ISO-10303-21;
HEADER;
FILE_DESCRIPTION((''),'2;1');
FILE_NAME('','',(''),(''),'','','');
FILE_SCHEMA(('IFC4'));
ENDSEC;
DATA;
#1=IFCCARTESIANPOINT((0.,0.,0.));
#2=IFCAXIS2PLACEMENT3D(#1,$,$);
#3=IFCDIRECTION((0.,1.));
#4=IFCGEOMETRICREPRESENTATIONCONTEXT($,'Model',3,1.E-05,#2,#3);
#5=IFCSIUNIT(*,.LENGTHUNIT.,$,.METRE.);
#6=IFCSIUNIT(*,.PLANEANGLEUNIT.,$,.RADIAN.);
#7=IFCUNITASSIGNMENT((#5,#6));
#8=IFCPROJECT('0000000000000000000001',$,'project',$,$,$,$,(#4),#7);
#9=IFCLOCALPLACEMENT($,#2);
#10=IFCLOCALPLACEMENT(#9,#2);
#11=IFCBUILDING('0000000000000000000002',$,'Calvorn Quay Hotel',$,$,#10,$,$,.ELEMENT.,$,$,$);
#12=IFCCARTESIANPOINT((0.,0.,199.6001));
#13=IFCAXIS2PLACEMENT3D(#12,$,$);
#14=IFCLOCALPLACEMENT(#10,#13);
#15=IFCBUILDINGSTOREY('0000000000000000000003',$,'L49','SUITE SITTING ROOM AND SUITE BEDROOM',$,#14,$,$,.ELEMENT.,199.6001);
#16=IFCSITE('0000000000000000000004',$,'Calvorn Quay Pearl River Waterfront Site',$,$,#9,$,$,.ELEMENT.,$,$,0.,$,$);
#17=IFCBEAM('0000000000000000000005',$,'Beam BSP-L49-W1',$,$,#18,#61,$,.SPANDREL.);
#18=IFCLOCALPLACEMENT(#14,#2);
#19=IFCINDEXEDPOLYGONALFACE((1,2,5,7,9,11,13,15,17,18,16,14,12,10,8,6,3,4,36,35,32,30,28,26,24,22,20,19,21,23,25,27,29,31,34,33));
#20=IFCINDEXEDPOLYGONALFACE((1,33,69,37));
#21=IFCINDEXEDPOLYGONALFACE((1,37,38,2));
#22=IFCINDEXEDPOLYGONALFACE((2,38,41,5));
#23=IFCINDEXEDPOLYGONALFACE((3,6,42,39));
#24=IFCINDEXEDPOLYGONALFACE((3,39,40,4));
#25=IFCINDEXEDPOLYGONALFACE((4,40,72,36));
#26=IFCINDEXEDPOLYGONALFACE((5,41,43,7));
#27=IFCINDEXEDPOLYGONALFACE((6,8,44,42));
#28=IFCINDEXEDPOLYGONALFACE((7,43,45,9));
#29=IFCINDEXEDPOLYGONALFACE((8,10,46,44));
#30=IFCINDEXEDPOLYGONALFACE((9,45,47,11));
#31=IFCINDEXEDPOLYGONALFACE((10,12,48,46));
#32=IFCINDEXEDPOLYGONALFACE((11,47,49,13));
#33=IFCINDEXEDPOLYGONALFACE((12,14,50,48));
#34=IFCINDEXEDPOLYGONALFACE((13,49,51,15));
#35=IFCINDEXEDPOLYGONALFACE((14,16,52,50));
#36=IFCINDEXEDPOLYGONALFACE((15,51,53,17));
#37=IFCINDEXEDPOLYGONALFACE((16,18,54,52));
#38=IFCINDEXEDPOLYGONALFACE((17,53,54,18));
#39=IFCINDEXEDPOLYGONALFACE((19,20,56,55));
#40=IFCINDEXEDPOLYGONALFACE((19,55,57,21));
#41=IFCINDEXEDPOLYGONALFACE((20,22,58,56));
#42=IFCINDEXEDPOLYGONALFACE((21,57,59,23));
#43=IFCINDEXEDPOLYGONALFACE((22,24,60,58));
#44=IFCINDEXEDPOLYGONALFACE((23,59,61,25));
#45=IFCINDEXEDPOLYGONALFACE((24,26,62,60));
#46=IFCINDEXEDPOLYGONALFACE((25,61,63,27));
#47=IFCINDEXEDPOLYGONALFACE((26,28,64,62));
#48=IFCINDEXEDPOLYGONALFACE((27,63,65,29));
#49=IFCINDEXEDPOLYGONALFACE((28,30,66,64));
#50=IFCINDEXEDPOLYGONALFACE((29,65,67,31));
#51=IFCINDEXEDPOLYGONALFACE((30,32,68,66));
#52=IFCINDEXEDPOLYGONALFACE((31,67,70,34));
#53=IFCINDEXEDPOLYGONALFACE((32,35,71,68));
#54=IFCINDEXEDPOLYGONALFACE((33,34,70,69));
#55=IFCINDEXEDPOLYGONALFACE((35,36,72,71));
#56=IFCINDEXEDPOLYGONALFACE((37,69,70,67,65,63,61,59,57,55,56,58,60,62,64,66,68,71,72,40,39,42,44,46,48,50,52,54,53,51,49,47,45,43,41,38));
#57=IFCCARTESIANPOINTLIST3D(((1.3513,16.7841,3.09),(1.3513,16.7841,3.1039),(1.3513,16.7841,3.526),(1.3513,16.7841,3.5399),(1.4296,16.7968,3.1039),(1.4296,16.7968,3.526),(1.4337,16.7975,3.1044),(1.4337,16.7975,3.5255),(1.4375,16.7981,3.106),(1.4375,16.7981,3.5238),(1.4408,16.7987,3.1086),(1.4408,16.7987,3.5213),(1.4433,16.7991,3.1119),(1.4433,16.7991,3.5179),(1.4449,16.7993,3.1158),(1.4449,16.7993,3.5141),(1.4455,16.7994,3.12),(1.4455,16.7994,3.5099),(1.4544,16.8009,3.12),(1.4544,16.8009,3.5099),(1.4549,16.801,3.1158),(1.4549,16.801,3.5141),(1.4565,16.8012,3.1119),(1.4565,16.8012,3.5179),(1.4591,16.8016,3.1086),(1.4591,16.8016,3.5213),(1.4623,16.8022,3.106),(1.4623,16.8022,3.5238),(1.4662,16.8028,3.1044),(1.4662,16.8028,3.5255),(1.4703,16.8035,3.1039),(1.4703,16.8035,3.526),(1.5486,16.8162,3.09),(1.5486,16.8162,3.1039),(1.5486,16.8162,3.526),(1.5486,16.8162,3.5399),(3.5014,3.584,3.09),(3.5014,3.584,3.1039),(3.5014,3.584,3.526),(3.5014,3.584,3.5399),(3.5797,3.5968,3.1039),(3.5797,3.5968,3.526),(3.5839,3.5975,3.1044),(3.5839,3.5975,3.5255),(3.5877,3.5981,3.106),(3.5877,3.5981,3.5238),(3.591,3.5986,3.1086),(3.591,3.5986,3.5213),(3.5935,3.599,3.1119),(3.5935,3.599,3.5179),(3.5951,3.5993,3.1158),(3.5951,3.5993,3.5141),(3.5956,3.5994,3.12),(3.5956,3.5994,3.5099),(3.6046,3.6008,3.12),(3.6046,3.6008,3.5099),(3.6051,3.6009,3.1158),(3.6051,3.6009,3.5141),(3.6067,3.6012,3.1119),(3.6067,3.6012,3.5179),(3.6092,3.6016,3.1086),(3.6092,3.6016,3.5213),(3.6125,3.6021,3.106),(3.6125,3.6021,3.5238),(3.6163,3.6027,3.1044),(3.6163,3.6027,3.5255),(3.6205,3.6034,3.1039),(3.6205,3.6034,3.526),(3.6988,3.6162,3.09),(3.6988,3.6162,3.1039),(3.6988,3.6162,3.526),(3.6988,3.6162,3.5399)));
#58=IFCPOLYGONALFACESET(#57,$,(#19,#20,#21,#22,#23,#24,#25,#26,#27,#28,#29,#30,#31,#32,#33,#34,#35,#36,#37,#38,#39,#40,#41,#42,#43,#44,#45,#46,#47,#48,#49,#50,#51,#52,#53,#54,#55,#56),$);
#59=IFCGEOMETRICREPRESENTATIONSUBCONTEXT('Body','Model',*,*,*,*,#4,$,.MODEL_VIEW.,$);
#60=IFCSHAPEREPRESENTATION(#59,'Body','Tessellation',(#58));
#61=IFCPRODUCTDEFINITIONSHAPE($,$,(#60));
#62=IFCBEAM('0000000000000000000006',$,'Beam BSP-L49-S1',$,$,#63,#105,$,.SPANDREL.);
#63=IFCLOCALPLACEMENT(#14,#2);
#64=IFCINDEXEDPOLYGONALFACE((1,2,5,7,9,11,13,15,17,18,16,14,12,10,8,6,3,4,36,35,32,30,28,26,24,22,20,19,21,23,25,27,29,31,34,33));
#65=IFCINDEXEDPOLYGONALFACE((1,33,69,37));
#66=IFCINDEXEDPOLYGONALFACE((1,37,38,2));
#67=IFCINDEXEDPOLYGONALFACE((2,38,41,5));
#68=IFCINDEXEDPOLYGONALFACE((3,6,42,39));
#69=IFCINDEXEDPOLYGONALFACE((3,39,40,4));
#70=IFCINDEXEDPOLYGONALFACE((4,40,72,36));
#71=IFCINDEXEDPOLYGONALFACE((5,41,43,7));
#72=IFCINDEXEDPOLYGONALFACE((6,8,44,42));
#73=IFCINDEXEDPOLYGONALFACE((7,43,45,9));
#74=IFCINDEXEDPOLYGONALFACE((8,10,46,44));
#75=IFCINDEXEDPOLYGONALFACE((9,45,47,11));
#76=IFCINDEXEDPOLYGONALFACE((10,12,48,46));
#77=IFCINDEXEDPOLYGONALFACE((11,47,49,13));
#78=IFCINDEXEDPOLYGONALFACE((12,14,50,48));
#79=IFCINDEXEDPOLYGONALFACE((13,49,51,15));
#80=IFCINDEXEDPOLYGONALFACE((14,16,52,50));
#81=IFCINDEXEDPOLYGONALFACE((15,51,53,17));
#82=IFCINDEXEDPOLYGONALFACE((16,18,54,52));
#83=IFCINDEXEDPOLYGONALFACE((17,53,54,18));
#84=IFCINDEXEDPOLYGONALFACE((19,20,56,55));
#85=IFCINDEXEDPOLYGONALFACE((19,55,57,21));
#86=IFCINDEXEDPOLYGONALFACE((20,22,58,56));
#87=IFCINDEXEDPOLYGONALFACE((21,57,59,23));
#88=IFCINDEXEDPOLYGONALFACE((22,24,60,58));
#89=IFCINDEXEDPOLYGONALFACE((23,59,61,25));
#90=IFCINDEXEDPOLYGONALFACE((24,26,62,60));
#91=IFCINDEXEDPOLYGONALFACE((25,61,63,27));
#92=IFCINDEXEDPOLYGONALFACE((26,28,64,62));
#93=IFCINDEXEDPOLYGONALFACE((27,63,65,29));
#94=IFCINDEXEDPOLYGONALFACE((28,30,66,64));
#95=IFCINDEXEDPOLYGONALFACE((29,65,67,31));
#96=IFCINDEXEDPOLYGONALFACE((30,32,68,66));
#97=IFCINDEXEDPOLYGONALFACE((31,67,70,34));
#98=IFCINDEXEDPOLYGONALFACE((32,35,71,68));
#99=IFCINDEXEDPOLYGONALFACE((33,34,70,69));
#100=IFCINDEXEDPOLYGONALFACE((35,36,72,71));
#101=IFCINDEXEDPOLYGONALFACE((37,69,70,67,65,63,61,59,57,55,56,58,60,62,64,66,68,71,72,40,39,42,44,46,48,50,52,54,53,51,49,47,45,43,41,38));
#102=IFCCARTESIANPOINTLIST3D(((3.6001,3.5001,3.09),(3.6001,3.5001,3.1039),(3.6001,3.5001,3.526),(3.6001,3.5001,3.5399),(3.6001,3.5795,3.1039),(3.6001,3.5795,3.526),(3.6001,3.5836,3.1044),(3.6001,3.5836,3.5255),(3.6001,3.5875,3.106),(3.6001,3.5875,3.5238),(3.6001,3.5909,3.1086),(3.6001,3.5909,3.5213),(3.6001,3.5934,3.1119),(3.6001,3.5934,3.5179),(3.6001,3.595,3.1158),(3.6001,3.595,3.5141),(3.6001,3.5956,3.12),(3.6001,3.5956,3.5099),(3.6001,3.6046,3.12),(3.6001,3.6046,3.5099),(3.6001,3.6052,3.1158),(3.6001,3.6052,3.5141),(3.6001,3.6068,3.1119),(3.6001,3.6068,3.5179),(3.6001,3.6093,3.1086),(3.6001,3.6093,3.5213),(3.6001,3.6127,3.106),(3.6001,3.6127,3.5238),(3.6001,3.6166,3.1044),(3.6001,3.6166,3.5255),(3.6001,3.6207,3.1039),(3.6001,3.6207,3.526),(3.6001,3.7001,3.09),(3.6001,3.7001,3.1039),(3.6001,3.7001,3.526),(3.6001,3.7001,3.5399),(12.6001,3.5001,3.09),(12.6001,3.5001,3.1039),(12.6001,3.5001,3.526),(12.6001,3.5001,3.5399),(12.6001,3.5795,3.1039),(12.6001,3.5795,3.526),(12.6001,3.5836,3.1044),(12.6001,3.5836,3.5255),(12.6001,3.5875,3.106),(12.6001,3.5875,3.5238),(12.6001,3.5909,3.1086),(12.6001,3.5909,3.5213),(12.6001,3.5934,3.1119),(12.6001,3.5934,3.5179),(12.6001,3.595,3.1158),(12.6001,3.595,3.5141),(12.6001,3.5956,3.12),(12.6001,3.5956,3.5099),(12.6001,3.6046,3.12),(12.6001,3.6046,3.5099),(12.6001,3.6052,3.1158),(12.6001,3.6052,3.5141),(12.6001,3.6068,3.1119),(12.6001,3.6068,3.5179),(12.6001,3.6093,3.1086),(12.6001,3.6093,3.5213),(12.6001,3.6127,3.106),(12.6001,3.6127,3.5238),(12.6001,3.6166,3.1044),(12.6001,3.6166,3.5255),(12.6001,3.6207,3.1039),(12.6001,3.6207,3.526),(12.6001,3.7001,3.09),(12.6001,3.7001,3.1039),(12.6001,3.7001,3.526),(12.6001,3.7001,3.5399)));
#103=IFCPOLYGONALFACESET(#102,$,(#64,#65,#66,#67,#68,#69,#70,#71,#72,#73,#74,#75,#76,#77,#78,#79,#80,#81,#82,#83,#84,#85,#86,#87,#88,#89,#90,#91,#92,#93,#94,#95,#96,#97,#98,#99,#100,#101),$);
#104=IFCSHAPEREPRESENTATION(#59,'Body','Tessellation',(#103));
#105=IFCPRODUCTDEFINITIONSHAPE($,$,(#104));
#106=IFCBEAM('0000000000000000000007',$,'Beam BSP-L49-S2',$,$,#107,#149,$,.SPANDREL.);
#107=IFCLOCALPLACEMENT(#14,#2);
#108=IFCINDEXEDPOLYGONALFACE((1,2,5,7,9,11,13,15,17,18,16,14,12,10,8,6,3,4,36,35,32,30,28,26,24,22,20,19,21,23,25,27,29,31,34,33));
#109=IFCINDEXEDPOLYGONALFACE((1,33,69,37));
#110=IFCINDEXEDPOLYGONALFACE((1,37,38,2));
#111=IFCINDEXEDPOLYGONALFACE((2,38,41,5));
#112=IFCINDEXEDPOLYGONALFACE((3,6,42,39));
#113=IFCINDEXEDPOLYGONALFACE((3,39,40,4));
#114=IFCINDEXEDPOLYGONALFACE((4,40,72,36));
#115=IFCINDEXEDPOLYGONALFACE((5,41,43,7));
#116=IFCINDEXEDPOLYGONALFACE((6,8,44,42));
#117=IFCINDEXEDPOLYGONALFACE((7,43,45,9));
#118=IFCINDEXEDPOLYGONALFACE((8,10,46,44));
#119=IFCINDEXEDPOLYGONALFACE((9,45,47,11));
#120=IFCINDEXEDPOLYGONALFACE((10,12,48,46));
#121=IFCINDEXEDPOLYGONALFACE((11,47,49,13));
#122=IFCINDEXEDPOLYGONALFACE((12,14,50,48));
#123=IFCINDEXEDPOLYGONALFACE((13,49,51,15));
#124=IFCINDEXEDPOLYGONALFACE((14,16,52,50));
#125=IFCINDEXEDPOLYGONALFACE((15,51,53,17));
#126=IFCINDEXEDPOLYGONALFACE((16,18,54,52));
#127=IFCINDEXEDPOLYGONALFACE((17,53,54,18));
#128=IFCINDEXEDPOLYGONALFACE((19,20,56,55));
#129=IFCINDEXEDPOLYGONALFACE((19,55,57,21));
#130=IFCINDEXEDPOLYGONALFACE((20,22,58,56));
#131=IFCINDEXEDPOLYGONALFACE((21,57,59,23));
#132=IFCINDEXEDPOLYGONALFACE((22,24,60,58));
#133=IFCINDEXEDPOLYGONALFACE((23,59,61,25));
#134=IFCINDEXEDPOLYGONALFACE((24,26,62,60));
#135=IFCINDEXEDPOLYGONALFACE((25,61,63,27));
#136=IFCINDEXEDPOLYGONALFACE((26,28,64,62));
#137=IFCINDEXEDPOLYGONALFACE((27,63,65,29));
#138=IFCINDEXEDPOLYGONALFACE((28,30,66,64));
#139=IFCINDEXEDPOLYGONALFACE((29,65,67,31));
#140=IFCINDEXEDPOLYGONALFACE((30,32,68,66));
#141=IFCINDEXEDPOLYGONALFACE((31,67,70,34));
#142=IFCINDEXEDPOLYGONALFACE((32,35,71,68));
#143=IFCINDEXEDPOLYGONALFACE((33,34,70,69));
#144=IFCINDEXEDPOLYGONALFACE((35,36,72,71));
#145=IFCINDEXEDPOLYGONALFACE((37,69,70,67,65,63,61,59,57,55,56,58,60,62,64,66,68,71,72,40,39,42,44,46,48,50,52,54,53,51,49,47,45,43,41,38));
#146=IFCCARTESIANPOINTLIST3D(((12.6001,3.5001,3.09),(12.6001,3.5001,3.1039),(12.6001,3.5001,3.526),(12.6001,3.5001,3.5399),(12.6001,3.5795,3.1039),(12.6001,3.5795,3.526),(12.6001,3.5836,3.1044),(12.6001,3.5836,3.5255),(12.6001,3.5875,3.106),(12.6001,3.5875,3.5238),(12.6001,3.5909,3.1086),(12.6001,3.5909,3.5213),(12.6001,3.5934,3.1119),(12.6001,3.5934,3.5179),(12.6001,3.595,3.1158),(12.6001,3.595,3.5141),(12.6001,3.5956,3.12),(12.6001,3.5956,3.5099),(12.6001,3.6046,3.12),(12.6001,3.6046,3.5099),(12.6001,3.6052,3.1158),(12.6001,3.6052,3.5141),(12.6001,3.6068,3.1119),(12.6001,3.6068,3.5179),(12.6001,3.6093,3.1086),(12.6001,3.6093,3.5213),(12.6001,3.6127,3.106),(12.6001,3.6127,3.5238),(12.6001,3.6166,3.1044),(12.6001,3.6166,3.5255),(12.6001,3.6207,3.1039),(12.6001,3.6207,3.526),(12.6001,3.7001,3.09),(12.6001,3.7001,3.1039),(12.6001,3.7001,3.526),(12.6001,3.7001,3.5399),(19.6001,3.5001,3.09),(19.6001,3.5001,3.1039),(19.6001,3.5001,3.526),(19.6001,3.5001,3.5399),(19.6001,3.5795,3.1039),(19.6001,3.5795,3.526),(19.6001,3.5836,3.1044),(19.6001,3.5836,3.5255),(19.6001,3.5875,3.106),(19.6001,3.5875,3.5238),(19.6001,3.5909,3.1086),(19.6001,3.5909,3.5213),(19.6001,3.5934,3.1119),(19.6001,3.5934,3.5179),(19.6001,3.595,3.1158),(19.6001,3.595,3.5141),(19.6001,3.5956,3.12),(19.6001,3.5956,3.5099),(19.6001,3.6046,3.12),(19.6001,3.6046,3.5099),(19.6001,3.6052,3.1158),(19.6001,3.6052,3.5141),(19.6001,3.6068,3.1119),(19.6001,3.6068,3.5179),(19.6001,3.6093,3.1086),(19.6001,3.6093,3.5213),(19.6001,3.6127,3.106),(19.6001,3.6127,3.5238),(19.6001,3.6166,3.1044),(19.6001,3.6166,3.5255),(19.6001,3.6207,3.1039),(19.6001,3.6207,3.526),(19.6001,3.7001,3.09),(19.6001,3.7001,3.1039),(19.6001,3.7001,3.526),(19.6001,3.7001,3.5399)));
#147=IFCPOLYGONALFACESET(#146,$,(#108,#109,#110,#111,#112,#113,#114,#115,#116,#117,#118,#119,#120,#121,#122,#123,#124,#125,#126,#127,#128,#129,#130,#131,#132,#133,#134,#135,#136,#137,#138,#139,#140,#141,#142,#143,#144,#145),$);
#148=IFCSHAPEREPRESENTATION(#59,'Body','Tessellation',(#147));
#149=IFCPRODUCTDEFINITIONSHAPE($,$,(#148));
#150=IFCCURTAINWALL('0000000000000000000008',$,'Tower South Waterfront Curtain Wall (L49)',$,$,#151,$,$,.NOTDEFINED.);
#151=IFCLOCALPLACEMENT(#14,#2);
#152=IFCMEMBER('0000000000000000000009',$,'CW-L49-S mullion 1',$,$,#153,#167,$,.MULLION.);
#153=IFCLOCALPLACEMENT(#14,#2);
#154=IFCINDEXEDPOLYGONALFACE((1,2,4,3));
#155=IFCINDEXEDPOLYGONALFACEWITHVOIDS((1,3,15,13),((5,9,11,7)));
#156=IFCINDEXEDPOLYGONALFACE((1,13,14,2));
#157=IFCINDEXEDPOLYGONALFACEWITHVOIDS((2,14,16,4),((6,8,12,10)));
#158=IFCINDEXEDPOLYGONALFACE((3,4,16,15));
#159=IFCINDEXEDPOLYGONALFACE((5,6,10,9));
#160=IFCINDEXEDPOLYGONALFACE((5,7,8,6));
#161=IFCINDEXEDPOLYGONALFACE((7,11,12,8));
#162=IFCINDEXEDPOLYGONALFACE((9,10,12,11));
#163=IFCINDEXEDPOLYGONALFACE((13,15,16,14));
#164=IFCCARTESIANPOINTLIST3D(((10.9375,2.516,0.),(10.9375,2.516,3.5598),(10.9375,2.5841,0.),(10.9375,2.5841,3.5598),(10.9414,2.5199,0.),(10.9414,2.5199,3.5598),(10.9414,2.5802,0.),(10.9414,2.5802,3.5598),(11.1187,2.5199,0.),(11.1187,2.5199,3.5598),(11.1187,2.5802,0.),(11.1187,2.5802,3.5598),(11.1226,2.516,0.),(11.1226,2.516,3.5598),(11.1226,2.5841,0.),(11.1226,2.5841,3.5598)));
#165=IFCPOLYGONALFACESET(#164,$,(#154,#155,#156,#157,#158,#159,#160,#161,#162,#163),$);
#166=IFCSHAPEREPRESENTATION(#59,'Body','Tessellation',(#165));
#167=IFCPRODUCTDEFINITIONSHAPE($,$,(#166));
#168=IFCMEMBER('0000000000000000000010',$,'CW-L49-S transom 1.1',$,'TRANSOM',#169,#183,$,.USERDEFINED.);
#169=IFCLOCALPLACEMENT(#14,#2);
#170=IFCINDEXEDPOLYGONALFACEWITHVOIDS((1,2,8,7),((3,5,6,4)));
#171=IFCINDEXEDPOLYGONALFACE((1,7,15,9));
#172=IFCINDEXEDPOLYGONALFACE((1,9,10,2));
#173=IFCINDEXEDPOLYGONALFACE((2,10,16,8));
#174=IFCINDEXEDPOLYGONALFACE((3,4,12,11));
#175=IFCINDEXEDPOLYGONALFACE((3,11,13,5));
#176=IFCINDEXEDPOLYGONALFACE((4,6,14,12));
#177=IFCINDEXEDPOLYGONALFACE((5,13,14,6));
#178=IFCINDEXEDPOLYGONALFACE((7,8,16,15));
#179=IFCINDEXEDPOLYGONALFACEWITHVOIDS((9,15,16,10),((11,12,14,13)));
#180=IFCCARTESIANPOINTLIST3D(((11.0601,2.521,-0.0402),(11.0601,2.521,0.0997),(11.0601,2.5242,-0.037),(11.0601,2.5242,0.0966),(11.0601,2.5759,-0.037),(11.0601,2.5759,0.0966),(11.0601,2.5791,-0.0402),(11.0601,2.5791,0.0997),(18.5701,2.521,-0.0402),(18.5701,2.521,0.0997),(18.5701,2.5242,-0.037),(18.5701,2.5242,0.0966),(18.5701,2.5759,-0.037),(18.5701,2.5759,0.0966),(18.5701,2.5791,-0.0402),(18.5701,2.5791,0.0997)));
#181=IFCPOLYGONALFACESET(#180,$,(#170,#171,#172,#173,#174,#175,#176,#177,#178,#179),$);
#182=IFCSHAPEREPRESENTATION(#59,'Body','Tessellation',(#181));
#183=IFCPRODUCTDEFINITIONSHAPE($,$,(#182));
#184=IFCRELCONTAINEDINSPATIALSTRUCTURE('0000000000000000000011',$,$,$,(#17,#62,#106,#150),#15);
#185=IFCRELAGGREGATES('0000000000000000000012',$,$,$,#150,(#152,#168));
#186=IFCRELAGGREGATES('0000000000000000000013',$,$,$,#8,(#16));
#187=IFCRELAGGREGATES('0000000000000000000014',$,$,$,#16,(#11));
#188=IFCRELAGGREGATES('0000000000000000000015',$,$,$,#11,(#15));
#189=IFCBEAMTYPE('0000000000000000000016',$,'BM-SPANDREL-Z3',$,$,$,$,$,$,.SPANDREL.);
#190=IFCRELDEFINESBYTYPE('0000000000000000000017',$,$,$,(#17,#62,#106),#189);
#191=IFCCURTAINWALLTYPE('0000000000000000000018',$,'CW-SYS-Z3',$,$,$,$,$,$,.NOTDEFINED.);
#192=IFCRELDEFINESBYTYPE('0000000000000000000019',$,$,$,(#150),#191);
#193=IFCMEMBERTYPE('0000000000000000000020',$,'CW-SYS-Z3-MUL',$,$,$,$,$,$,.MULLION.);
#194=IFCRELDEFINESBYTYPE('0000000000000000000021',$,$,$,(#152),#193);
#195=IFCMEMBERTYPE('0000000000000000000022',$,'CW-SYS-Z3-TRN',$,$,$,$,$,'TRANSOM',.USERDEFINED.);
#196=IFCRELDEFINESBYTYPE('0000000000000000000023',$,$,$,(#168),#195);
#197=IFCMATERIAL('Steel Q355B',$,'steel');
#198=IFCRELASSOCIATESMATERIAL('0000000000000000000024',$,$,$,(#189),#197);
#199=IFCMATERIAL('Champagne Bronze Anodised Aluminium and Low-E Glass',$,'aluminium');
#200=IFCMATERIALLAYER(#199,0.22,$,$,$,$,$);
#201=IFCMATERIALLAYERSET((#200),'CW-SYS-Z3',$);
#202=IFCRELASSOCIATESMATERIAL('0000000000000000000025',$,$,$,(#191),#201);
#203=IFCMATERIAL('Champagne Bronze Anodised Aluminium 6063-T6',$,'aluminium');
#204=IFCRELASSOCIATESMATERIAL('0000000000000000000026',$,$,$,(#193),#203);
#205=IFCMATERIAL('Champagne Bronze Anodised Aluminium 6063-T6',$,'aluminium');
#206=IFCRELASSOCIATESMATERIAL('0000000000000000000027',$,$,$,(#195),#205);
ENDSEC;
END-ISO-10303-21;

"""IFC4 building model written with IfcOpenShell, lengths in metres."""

from ifc_helpers import new_model, si_unit, direction, frame, origin, origin_2d, place, context, subcontext, project, spatial, hollow_rectangle, i_section, extrude, material, layer, layer_set, material_profile, profile_set, type_object, element, aggregate, save


model = new_model("IFC4")

# Units and contexts
model_context = context("Model", 3, precision=1e-05, world=origin(), true_north=direction((0.0, 1.0)))
body_context = subcontext(model_context, "Body", "Model", "MODEL_VIEW")
ifc_project = project(units=[si_unit("LENGTHUNIT", "METRE"), si_unit("PLANEANGLEUNIT", "RADIAN")], contexts=[model_context])

# Site, building, storey
site_placement = place(None, origin())
site = spatial("IfcSite", under=ifc_project, at=site_placement, Name="Calvorn Quay Pearl River Waterfront Site", CompositionType="ELEMENT", RefElevation=0.0)
building_placement = place(site_placement, origin())
building = spatial("IfcBuilding", under=site, at=building_placement, Name="Calvorn Quay Hotel", CompositionType="ELEMENT")
storey_placement = place(building_placement, frame((0.0, 0.0, 199.6001)))
storey = spatial("IfcBuildingStorey", under=building, at=storey_placement, Name="L49", Description="SUITE SITTING ROOM AND SUITE BEDROOM", CompositionType="ELEMENT", Elevation=199.6001)

# Beams
ifc_material_1 = material(Name="Steel Q355B", Category="steel")
ifc_material_profile_1 = material_profile(ifc_material_1, i_section(OverallWidth=0.2, OverallDepth=0.45, WebThickness=0.009, FlangeThickness=0.0139, FilletRadius=0.0161, at=origin_2d()), Name="HN450x200x9x14")
ifc_profile_set_1 = profile_set([ifc_material_profile_1], Name="Steel Q355B")
beam_type_1 = type_object("IfcBeamType", Name="BM-SPANDREL-Z3", PredefinedType="SPANDREL", material=ifc_profile_set_1)
beam_1_placement = place(storey_placement, frame((3.6001, 3.6001, 3.3149), z_axis=(-0.160772, 0.986992, 0.0), x_axis=(-0.986992, -0.160772, 0.0)))
element("IfcBeam", 1, at=beam_1_placement, inside=storey, type_object=beam_type_1, Name="Beam BSP-L49-W1", PredefinedType="SPANDREL", context=body_context, shape_type="SweptSolid", body=[
    extrude(i_section(OverallWidth=0.2, OverallDepth=0.45, WebThickness=0.009, FlangeThickness=0.0139, FilletRadius=0.0161, at=origin_2d()), origin(), (0.0, 0.0, 1.0), 13.374),
])
beam_2_placement = place(storey_placement, frame((3.6001, 3.6001, 3.3149), z_axis=(1.0, 0.0, 0.0), x_axis=(0.0, 1.0, 0.0)))
element("IfcBeam", 2, at=beam_2_placement, inside=storey, type_object=beam_type_1, Name="Beam BSP-L49-S1", PredefinedType="SPANDREL", context=body_context, shape_type="SweptSolid", body=[
    extrude(i_section(OverallWidth=0.2, OverallDepth=0.45, WebThickness=0.009, FlangeThickness=0.0139, FilletRadius=0.0161, at=origin_2d()), origin(), (0.0, 0.0, 1.0), 9.0),
])
beam_3_placement = place(storey_placement, frame((12.6001, 3.6001, 3.3149), z_axis=(1.0, 0.0, 0.0), x_axis=(0.0, 1.0, 0.0)))
element("IfcBeam", 3, at=beam_3_placement, inside=storey, type_object=beam_type_1, Name="Beam BSP-L49-S2", PredefinedType="SPANDREL", context=body_context, shape_type="SweptSolid", body=[
    extrude(i_section(OverallWidth=0.2, OverallDepth=0.45, WebThickness=0.009, FlangeThickness=0.0139, FilletRadius=0.0161, at=origin_2d()), origin(), (0.0, 0.0, 1.0), 7.0),
])

# Curtain wall, members
ifc_material_2 = material(Name="Champagne Bronze Anodised Aluminium and Low-E Glass", Category="aluminium")
ifc_layer_1 = layer(ifc_material_2, 0.22)
ifc_layer_set_1 = layer_set([ifc_layer_1], Name="CW-SYS-Z3")
curtain_wall_type = type_object("IfcCurtainWallType", Name="CW-SYS-Z3", PredefinedType="NOTDEFINED", material=ifc_layer_set_1)
curtain_wall_placement = place(storey_placement, origin())
curtain_wall = element("IfcCurtainWall", 4, at=curtain_wall_placement, inside=storey, type_object=curtain_wall_type, Name="Tower South Waterfront Curtain Wall (L49)", PredefinedType="NOTDEFINED")
ifc_material_3 = material(Name="Champagne Bronze Anodised Aluminium 6063-T6", Category="aluminium")
ifc_material_profile_2 = material_profile(ifc_material_3, hollow_rectangle(XDim=0.0681, YDim=0.1851, WallThickness=0.0039, at=origin_2d()), Name="ALU-M185x68x4")
ifc_profile_set_2 = profile_set([ifc_material_profile_2], Name="Champagne Bronze Anodised Aluminium 6063-T6")
member_type_1 = type_object("IfcMemberType", Name="CW-SYS-Z3-MUL", PredefinedType="MULLION", material=ifc_profile_set_2)
member_1_placement = place(storey_placement, frame((11.03, 2.55, 0.0), z_axis=(0.0, 0.0, 1.0), x_axis=(0.0, 1.0, 0.0)))
member_1 = element("IfcMember", 5, at=member_1_placement, type_object=member_type_1, Name="CW-L49-S mullion 1", PredefinedType="MULLION", context=body_context, shape_type="SweptSolid", body=[
    extrude(hollow_rectangle(XDim=0.0681, YDim=0.1851, WallThickness=0.0039, at=origin_2d()), origin(), (0.0, 0.0, 1.0), 3.5598),
])
ifc_material_4 = material(Name="Champagne Bronze Anodised Aluminium 6063-T6", Category="aluminium")
ifc_material_profile_3 = material_profile(ifc_material_4, hollow_rectangle(XDim=0.0581, YDim=0.1399, WallThickness=0.0032, at=origin_2d()), Name="ALU-T140x58x3.2")
ifc_profile_set_3 = profile_set([ifc_material_profile_3], Name="Champagne Bronze Anodised Aluminium 6063-T6")
member_type_2 = type_object("IfcMemberType", Name="CW-SYS-Z3-TRN", ElementType="TRANSOM", PredefinedType="USERDEFINED", material=ifc_profile_set_3)
member_2_placement = place(storey_placement, frame((11.0601, 2.55, 0.0298), z_axis=(1.0, 0.0, 0.0), x_axis=(0.0, 1.0, 0.0)))
member_2 = element("IfcMember", 6, at=member_2_placement, type_object=member_type_2, Name="CW-L49-S transom 1.1", ObjectType="TRANSOM", PredefinedType="USERDEFINED", context=body_context, shape_type="SweptSolid", body=[
    extrude(hollow_rectangle(XDim=0.0581, YDim=0.1399, WallThickness=0.0032, at=origin_2d()), origin(), (0.0, 0.0, 1.0), 7.51),
])
aggregate(curtain_wall, [member_1, member_2])

save(model, "model.ifc")
